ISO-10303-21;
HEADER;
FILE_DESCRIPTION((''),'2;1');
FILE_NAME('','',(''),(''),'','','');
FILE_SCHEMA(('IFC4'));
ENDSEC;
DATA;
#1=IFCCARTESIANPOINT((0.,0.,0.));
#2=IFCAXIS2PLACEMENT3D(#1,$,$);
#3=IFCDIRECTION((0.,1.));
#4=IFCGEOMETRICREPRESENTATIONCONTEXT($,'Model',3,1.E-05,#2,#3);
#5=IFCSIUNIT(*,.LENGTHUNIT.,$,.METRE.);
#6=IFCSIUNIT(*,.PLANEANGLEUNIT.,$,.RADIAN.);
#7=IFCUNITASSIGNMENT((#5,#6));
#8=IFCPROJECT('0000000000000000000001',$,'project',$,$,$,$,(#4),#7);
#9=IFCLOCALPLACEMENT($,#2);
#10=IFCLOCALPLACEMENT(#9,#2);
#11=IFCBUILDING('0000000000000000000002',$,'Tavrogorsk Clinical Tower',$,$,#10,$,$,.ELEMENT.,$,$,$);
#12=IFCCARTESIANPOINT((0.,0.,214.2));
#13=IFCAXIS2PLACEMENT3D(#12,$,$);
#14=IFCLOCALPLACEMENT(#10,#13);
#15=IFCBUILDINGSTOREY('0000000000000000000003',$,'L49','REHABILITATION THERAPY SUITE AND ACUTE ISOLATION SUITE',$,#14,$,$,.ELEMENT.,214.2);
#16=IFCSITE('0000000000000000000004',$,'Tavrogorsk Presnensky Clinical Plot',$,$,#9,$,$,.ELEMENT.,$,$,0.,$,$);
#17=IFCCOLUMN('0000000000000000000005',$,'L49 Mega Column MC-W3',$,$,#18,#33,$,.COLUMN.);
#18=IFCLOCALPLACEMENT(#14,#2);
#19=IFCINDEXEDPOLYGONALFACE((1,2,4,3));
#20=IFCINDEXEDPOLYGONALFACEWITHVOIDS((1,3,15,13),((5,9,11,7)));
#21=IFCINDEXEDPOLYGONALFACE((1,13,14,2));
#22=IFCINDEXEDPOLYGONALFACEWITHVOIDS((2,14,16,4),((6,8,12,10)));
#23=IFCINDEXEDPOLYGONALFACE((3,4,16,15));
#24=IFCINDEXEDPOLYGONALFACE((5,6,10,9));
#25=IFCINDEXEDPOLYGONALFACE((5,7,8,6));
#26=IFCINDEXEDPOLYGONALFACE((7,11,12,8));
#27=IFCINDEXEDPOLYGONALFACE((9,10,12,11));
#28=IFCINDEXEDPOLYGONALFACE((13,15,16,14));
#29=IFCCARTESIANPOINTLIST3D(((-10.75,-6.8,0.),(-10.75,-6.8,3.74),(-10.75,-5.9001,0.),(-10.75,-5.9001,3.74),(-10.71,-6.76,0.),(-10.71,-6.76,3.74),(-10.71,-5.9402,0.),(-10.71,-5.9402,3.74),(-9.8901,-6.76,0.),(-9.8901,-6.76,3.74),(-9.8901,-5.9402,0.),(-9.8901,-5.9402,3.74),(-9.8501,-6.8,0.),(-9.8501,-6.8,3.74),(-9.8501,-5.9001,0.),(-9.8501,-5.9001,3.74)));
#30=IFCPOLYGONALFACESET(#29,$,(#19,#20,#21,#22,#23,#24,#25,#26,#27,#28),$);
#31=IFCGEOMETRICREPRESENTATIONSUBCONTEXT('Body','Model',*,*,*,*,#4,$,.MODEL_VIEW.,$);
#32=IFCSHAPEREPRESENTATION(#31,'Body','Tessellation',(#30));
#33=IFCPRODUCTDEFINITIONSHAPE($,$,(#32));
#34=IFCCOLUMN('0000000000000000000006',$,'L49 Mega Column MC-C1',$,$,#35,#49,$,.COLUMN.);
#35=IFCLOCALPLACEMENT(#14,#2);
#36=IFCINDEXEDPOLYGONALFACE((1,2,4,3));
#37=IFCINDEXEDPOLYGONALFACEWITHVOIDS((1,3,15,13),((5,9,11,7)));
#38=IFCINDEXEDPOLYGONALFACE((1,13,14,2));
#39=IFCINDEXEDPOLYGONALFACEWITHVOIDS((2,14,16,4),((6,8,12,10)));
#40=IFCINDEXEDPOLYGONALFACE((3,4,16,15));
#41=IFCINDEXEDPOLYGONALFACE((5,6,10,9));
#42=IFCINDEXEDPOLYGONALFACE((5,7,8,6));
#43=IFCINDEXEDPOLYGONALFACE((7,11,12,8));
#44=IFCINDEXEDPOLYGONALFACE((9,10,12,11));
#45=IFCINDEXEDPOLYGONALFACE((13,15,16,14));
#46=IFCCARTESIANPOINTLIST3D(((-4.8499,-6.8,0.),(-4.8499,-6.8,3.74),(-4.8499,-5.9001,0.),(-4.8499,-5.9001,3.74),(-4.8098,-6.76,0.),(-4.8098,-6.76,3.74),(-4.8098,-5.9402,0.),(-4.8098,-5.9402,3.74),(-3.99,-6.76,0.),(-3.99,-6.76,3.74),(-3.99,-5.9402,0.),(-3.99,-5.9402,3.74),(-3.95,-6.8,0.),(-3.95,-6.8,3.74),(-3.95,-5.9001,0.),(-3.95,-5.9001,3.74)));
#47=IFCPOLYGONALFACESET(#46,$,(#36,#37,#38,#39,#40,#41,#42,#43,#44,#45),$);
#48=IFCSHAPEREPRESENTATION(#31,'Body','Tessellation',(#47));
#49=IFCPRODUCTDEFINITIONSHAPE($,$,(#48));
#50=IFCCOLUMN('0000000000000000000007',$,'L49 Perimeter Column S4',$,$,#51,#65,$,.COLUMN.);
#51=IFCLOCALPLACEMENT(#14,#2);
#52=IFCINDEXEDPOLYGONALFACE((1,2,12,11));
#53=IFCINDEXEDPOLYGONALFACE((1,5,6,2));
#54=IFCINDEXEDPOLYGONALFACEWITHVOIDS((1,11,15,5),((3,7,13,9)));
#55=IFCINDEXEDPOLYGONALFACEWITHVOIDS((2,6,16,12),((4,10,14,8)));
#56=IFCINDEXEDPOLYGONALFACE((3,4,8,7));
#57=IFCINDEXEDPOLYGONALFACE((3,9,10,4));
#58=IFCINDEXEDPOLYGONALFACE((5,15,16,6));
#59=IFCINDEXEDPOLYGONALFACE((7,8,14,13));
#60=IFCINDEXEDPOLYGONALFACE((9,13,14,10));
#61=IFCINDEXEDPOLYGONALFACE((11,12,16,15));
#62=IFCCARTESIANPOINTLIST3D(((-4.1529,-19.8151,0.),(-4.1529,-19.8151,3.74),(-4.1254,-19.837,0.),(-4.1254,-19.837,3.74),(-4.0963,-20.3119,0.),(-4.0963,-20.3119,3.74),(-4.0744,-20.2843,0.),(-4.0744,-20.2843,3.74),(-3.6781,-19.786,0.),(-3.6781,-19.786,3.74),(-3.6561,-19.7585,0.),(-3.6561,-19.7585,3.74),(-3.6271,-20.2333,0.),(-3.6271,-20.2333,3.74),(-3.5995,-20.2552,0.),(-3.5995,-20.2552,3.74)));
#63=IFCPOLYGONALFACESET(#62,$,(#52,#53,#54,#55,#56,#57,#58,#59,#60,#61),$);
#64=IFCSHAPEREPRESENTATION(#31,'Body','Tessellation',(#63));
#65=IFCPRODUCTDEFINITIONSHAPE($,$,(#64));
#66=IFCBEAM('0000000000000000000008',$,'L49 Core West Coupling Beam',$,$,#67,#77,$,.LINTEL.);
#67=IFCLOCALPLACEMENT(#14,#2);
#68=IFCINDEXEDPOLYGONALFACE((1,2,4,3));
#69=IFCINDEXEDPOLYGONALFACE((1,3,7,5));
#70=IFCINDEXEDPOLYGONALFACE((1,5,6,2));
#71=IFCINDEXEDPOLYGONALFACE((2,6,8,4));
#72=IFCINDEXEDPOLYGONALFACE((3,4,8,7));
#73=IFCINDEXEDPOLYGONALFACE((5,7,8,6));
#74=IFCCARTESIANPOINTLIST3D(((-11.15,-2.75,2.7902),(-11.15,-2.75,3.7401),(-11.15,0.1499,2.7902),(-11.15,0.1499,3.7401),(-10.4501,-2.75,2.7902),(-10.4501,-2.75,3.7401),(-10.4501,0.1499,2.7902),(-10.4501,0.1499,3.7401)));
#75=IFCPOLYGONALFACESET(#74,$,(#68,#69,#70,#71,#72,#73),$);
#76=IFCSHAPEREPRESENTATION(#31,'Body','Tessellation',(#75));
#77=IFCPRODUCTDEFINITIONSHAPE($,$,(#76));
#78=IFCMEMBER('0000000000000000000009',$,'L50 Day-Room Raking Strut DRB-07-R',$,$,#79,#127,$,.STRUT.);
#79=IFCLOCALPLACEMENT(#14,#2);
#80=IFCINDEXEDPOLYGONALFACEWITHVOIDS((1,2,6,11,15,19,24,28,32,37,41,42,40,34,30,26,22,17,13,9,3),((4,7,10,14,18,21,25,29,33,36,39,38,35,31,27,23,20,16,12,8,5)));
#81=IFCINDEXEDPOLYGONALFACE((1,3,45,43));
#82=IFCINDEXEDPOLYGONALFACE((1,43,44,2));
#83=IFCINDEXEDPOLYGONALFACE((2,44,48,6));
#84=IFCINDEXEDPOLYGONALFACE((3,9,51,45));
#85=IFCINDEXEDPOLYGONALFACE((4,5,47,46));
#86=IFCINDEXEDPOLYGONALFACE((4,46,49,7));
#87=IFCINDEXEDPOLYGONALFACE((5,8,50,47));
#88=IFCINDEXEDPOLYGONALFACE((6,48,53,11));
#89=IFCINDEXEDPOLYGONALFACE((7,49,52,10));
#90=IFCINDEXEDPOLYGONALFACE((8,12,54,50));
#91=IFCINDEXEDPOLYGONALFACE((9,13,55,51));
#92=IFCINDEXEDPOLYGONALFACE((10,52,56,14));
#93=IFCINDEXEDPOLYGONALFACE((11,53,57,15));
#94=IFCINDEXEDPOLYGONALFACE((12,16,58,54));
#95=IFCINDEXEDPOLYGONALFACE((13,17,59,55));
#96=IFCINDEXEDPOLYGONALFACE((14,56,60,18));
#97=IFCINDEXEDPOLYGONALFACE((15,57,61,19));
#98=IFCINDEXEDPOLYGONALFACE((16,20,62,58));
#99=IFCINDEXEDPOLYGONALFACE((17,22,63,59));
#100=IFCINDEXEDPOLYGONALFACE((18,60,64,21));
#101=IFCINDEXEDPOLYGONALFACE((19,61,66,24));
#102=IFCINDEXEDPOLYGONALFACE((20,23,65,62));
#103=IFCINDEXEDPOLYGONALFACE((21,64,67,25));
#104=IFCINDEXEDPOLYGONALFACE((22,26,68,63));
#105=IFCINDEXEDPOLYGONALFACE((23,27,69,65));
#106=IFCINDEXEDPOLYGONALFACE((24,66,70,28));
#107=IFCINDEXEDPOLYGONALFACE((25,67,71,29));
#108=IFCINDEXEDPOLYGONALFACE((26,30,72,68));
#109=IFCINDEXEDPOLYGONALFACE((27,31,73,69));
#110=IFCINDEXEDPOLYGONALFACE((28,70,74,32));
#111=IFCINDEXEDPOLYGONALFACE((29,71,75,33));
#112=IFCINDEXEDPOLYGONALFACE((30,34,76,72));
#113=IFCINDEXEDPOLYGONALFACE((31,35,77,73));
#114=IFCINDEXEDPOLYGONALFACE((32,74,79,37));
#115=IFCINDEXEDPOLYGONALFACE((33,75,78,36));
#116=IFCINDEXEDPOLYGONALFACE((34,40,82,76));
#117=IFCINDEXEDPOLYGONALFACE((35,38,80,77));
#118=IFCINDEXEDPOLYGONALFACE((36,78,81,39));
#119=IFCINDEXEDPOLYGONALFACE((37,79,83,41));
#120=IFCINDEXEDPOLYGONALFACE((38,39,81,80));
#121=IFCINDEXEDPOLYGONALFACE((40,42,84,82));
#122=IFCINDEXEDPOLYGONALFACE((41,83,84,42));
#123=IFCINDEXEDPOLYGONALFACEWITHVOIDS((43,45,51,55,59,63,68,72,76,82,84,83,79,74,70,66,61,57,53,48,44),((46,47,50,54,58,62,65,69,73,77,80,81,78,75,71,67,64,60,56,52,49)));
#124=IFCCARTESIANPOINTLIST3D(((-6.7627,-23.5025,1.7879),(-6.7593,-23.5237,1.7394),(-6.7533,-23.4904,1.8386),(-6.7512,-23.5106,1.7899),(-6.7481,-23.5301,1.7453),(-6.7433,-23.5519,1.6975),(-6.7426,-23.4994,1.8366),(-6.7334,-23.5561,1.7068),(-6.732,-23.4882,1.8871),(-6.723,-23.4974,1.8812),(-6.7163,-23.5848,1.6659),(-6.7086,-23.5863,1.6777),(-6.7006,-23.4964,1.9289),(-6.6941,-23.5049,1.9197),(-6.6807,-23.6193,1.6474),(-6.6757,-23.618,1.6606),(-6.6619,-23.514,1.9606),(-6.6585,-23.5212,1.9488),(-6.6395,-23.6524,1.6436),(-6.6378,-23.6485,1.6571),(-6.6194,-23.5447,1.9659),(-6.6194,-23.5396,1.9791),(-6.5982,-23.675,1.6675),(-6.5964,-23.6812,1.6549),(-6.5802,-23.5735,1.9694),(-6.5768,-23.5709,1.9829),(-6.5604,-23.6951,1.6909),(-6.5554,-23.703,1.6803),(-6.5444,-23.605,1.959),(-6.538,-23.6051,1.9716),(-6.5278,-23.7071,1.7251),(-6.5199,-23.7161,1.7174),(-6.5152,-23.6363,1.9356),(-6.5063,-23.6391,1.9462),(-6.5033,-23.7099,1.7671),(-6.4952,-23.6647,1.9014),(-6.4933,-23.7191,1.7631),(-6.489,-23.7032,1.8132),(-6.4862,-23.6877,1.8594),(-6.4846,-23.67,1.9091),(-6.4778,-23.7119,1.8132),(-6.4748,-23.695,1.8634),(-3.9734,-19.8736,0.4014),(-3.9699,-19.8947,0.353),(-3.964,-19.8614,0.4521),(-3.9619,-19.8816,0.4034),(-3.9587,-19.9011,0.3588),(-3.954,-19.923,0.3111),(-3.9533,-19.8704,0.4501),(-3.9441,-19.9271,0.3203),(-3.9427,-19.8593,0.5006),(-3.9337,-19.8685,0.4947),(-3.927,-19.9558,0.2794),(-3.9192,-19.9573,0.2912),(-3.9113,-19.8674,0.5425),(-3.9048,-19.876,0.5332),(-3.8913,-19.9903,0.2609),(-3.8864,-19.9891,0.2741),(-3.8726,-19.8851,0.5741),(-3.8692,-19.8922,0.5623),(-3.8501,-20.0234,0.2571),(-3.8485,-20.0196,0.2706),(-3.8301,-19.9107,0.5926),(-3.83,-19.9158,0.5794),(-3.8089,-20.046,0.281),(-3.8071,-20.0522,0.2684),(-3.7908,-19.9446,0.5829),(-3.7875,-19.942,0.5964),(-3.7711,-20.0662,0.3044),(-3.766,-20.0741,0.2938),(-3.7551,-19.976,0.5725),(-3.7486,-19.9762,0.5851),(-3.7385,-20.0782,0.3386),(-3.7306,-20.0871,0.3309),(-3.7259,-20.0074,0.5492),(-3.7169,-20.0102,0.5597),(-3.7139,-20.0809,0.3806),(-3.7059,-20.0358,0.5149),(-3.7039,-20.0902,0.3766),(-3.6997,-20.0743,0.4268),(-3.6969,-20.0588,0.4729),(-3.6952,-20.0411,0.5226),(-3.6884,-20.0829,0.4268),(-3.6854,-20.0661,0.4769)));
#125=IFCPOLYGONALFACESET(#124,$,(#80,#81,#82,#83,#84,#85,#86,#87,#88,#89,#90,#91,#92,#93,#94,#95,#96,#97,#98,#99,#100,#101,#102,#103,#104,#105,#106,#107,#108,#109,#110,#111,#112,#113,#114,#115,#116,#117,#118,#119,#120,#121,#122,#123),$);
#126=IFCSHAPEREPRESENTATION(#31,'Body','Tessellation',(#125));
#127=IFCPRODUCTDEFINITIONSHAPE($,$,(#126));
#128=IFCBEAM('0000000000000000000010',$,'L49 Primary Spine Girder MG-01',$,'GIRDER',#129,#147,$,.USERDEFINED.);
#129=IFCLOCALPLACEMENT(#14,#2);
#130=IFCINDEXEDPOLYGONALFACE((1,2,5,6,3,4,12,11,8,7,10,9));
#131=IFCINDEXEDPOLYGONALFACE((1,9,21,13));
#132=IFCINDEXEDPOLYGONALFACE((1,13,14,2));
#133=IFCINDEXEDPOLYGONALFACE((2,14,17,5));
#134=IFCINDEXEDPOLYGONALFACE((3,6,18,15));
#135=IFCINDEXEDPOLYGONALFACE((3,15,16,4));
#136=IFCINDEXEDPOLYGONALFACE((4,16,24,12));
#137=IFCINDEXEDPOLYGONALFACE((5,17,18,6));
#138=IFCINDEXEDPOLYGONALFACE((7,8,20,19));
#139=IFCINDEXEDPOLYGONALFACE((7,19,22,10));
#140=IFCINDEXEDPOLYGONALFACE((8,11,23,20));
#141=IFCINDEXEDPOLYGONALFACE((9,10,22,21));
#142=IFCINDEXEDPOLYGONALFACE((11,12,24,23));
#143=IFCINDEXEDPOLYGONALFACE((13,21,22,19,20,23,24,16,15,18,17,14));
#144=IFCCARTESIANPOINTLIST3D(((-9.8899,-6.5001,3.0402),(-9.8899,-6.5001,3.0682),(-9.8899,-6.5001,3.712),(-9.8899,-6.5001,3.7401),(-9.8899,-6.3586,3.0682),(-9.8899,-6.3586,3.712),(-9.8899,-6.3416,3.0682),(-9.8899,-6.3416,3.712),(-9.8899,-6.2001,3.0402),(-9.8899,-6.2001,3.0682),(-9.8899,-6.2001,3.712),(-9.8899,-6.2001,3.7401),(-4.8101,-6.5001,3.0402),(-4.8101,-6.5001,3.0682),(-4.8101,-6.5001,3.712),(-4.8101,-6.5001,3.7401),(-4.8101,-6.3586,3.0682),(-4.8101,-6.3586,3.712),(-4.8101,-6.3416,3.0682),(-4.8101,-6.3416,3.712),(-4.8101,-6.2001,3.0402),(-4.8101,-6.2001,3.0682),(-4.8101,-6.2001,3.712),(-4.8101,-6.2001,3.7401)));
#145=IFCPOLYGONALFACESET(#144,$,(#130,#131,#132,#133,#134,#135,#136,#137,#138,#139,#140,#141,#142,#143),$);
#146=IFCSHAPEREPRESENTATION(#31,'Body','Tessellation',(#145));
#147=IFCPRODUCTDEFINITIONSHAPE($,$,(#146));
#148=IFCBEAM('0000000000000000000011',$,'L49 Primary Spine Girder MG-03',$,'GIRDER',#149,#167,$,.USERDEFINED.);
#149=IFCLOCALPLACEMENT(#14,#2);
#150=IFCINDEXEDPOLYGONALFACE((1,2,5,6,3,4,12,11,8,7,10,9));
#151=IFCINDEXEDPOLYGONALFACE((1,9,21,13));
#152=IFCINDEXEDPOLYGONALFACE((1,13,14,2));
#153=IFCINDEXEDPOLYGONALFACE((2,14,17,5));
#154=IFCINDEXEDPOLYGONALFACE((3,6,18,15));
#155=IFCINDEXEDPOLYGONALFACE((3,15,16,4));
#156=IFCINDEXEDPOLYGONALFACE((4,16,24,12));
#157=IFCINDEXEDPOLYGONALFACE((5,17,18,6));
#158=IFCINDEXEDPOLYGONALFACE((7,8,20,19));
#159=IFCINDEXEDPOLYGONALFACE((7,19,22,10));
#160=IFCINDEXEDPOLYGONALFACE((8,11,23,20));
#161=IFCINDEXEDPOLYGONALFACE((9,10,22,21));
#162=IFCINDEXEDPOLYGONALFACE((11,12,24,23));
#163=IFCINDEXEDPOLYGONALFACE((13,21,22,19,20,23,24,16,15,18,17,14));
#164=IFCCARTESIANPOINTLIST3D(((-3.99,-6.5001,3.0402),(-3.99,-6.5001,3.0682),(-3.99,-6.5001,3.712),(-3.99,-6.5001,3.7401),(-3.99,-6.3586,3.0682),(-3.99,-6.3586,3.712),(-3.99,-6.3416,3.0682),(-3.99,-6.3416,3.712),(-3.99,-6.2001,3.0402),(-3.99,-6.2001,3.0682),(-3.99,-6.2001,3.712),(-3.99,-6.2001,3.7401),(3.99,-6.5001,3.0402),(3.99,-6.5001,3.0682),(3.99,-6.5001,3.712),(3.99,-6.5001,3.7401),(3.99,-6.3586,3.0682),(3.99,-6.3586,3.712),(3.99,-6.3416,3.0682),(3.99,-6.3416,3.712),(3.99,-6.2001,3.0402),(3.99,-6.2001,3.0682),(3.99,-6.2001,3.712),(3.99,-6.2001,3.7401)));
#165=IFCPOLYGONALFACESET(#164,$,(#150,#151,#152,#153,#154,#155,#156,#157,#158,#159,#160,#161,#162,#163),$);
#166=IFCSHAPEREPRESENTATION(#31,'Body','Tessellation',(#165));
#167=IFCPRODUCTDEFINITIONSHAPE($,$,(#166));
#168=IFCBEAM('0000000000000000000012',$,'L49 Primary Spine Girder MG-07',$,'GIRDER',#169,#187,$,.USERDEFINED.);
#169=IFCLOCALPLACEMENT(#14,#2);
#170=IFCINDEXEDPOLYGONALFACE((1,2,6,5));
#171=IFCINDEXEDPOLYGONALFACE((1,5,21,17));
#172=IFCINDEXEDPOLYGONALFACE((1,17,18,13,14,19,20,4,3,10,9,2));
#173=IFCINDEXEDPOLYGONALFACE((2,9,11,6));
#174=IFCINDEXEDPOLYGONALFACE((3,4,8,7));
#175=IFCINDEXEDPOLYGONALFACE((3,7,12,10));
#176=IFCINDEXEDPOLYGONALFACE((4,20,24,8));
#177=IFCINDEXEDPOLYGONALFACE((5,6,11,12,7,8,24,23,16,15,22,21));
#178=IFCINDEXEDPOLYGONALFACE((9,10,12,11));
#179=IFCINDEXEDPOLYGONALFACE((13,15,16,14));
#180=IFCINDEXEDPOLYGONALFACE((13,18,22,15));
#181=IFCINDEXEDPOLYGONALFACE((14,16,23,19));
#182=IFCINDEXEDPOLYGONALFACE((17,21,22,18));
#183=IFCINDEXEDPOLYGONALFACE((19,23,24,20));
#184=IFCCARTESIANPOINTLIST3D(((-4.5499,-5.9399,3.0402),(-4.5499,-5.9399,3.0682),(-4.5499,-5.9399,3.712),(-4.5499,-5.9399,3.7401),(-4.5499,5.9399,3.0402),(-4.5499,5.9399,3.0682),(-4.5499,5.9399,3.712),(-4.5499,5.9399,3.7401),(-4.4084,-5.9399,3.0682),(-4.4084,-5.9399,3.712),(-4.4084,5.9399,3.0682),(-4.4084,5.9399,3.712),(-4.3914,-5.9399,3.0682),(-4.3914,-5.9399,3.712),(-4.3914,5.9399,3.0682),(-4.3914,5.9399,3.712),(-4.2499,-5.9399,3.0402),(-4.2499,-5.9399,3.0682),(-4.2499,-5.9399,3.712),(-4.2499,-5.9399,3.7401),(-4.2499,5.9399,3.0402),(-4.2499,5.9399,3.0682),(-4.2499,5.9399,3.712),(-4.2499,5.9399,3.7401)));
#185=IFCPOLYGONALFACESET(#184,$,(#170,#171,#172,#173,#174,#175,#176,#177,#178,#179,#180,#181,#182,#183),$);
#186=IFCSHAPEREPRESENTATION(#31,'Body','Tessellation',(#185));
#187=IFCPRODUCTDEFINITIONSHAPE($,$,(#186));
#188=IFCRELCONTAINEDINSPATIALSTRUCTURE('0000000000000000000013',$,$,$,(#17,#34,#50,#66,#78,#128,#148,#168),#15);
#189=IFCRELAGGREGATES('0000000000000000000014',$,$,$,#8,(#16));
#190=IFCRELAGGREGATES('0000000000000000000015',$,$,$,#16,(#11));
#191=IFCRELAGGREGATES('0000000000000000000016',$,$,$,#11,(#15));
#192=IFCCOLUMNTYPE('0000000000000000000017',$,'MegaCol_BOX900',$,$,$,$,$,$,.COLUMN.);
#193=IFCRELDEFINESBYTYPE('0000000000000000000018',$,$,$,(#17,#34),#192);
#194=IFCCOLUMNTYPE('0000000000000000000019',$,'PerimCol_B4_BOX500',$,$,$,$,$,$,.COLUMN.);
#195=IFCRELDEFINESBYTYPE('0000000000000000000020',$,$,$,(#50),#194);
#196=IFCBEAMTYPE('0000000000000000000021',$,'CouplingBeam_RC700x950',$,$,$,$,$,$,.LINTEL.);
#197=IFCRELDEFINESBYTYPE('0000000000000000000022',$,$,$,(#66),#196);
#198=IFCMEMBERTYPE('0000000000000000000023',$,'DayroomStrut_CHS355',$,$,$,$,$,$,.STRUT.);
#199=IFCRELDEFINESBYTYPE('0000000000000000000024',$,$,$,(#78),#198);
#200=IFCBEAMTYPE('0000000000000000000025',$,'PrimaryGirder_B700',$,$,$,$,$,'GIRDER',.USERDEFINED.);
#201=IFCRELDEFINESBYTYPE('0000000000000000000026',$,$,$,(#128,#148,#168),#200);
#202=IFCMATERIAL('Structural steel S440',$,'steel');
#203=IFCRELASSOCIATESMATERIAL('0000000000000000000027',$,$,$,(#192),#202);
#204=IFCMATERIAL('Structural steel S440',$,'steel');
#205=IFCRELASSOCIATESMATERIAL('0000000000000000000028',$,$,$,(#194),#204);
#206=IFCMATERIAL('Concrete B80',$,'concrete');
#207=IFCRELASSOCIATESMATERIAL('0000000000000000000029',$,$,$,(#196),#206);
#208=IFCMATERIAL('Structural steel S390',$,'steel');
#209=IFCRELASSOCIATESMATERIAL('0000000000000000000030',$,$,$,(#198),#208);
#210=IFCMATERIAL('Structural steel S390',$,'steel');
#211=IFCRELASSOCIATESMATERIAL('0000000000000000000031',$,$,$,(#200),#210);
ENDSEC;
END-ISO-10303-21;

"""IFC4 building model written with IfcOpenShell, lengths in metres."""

from ifc_helpers import new_model, si_unit, direction, frame, origin, origin_2d, place, context, subcontext, project, spatial, rectangle, hollow_rectangle, hollow_circle, i_section, extrude, material, material_profile, profile_set, type_object, element, save


model = new_model("IFC4")

# Units and contexts
model_context = context("Model", 3, precision=1e-05, world=origin(), true_north=direction((0.0, 1.0)))
body_context = subcontext(model_context, "Body", "Model", "MODEL_VIEW")
ifc_project = project(units=[si_unit("LENGTHUNIT", "METRE"), si_unit("PLANEANGLEUNIT", "RADIAN")], contexts=[model_context])

# Site, building, storey
site_placement = place(None, origin())
site = spatial("IfcSite", under=ifc_project, at=site_placement, Name="Tavrogorsk Presnensky Clinical Plot", CompositionType="ELEMENT", RefElevation=0.0)
building_placement = place(site_placement, origin())
building = spatial("IfcBuilding", under=site, at=building_placement, Name="Tavrogorsk Clinical Tower", CompositionType="ELEMENT")
storey_placement = place(building_placement, frame((0.0, 0.0, 214.2)))
storey = spatial("IfcBuildingStorey", under=building, at=storey_placement, Name="L49", Description="REHABILITATION THERAPY SUITE AND ACUTE ISOLATION SUITE", CompositionType="ELEMENT", Elevation=214.2)

# Columns
ifc_material_1 = material(Name="Structural steel S440", Category="steel")
ifc_material_profile_1 = material_profile(ifc_material_1, hollow_rectangle(XDim=0.8999, YDim=0.8999, WallThickness=0.04, at=origin_2d()), Name="BOX-900x900x40")
ifc_profile_set_1 = profile_set([ifc_material_profile_1], Name="Structural steel S440")
column_type_1 = type_object("IfcColumnType", Name="MegaCol_BOX900", PredefinedType="COLUMN", material=ifc_profile_set_1)
for number, where, z_axis, x_axis, name in (
    (1, (-10.3, -6.3501, 0.0), (0.0, 0.0, 1.0), (1.0, 0.0, 0.0), "L49 Mega Column MC-W3"),
    (2, (-4.3999, -6.3501, 0.0), (0.0, 0.0, 1.0), (1.0, 0.0, 0.0), "L49 Mega Column MC-C1"),
):
    element("IfcColumn", number, at=place(storey_placement, frame(where, z_axis=z_axis, x_axis=x_axis)), inside=storey, type_object=column_type_1, Name=name, PredefinedType="COLUMN", context=body_context, shape_type="SweptSolid", body=[
        extrude(hollow_rectangle(XDim=0.8999, YDim=0.8999, WallThickness=0.04, at=origin_2d()), origin(), (0.0, 0.0, 1.0), 3.74),
    ])
ifc_material_2 = material(Name="Structural steel S440", Category="steel")
ifc_material_profile_2 = material_profile(ifc_material_2, hollow_rectangle(XDim=0.5, YDim=0.5, WallThickness=0.0249, at=origin_2d()), Name="BOX-500x500x25")
ifc_profile_set_2 = profile_set([ifc_material_profile_2], Name="Structural steel S440")
column_type_2 = type_object("IfcColumnType", Name="PerimCol_B4_BOX500", PredefinedType="COLUMN", material=ifc_profile_set_2)
column_placement = place(storey_placement, frame((-3.8762, -20.0352, 0.0), z_axis=(0.0, 0.0, 1.0), x_axis=(0.993572, 0.113203, 0.0)))
element("IfcColumn", 3, at=column_placement, inside=storey, type_object=column_type_2, Name="L49 Perimeter Column S4", PredefinedType="COLUMN", context=body_context, shape_type="SweptSolid", body=[
    extrude(hollow_rectangle(XDim=0.5, YDim=0.5, WallThickness=0.0249, at=origin_2d()), origin(), (0.0, 0.0, 1.0), 3.74),
])

# Beam
ifc_material_3 = material(Name="Concrete B80", Category="concrete")
ifc_material_profile_3 = material_profile(ifc_material_3, rectangle(XDim=0.7, YDim=0.95, at=origin_2d()), Name="RC-CB-700x950")
ifc_profile_set_3 = profile_set([ifc_material_profile_3], Name="Concrete B80")
beam_type_1 = type_object("IfcBeamType", Name="CouplingBeam_RC700x950", PredefinedType="LINTEL", material=ifc_profile_set_3)
beam_1_placement = place(storey_placement, frame((-10.8, -2.75, 3.2651), z_axis=(0.0, 1.0, 0.0), x_axis=(-1.0, 0.0, 0.0)))
element("IfcBeam", 4, at=beam_1_placement, inside=storey, type_object=beam_type_1, Name="L49 Core West Coupling Beam", PredefinedType="LINTEL", context=body_context, shape_type="SweptSolid", body=[
    extrude(rectangle(XDim=0.7, YDim=0.95, at=origin_2d()), origin(), (0.0, 0.0, 1.0), 2.8999),
])

# Member
ifc_material_4 = material(Name="Structural steel S390", Category="steel")
ifc_material_profile_4 = material_profile(ifc_material_4, hollow_circle(Radius=0.1777, WallThickness=0.0142, at=origin_2d()), Name="CHS-355.6x14.2")
ifc_profile_set_4 = profile_set([ifc_material_profile_4], Name="Structural steel S390")
member_type = type_object("IfcMemberType", Name="DayroomStrut_CHS355", PredefinedType="STRUT", material=ifc_profile_set_4)
member_placement = place(storey_placement, frame((-3.8293, -19.9746, 0.4268), z_axis=(-0.583242, -0.758802, 0.289911), x_axis=(0.792852, -0.609414, 0.0)))
element("IfcMember", 5, at=member_placement, inside=storey, type_object=member_type, Name="L50 Day-Room Raking Strut DRB-07-R", PredefinedType="STRUT", context=body_context, shape_type="SweptSolid", body=[
    extrude(hollow_circle(Radius=0.1777, WallThickness=0.0142, at=origin_2d()), origin(), (0.0, 0.0, 1.0), 4.7825),
])

# Beams
ifc_material_5 = material(Name="Structural steel S390", Category="steel")
ifc_material_profile_5 = material_profile(ifc_material_5, i_section(OverallWidth=0.3, OverallDepth=0.7, WebThickness=0.0171, FlangeThickness=0.0281, at=origin_2d()), Name="B-700x300x17x28")
ifc_profile_set_5 = profile_set([ifc_material_profile_5], Name="Structural steel S390")
beam_type_2 = type_object("IfcBeamType", Name="PrimaryGirder_B700", ElementType="GIRDER", PredefinedType="USERDEFINED", material=ifc_profile_set_5)
beam_2_placement = place(storey_placement, frame((-9.8899, -6.3501, 3.3901), z_axis=(1.0, 0.0, 0.0), x_axis=(0.0, 1.0, 0.0)))
element("IfcBeam", 6, at=beam_2_placement, inside=storey, type_object=beam_type_2, Name="L49 Primary Spine Girder MG-01", ObjectType="GIRDER", PredefinedType="USERDEFINED", context=body_context, shape_type="SweptSolid", body=[
    extrude(i_section(OverallWidth=0.3, OverallDepth=0.7, WebThickness=0.0171, FlangeThickness=0.0281, at=origin_2d()), origin(), (0.0, 0.0, 1.0), 5.0798),
])
beam_3_placement = place(storey_placement, frame((-3.99, -6.3501, 3.3901), z_axis=(1.0, 0.0, 0.0), x_axis=(0.0, 1.0, 0.0)))
element("IfcBeam", 7, at=beam_3_placement, inside=storey, type_object=beam_type_2, Name="L49 Primary Spine Girder MG-03", ObjectType="GIRDER", PredefinedType="USERDEFINED", context=body_context, shape_type="SweptSolid", body=[
    extrude(i_section(OverallWidth=0.3, OverallDepth=0.7, WebThickness=0.0171, FlangeThickness=0.0281, at=origin_2d()), origin(), (0.0, 0.0, 1.0), 7.98),
])
beam_4_placement = place(storey_placement, frame((-4.3999, -5.9399, 3.3901), z_axis=(0.0, 1.0, 0.0), x_axis=(-1.0, 0.0, 0.0)))
element("IfcBeam", 8, at=beam_4_placement, inside=storey, type_object=beam_type_2, Name="L49 Primary Spine Girder MG-07", ObjectType="GIRDER", PredefinedType="USERDEFINED", context=body_context, shape_type="SweptSolid", body=[
    extrude(i_section(OverallWidth=0.3, OverallDepth=0.7, WebThickness=0.0171, FlangeThickness=0.0281, at=origin_2d()), origin(), (0.0, 0.0, 1.0), 11.8799),
])

save(model, "model.ifc")
